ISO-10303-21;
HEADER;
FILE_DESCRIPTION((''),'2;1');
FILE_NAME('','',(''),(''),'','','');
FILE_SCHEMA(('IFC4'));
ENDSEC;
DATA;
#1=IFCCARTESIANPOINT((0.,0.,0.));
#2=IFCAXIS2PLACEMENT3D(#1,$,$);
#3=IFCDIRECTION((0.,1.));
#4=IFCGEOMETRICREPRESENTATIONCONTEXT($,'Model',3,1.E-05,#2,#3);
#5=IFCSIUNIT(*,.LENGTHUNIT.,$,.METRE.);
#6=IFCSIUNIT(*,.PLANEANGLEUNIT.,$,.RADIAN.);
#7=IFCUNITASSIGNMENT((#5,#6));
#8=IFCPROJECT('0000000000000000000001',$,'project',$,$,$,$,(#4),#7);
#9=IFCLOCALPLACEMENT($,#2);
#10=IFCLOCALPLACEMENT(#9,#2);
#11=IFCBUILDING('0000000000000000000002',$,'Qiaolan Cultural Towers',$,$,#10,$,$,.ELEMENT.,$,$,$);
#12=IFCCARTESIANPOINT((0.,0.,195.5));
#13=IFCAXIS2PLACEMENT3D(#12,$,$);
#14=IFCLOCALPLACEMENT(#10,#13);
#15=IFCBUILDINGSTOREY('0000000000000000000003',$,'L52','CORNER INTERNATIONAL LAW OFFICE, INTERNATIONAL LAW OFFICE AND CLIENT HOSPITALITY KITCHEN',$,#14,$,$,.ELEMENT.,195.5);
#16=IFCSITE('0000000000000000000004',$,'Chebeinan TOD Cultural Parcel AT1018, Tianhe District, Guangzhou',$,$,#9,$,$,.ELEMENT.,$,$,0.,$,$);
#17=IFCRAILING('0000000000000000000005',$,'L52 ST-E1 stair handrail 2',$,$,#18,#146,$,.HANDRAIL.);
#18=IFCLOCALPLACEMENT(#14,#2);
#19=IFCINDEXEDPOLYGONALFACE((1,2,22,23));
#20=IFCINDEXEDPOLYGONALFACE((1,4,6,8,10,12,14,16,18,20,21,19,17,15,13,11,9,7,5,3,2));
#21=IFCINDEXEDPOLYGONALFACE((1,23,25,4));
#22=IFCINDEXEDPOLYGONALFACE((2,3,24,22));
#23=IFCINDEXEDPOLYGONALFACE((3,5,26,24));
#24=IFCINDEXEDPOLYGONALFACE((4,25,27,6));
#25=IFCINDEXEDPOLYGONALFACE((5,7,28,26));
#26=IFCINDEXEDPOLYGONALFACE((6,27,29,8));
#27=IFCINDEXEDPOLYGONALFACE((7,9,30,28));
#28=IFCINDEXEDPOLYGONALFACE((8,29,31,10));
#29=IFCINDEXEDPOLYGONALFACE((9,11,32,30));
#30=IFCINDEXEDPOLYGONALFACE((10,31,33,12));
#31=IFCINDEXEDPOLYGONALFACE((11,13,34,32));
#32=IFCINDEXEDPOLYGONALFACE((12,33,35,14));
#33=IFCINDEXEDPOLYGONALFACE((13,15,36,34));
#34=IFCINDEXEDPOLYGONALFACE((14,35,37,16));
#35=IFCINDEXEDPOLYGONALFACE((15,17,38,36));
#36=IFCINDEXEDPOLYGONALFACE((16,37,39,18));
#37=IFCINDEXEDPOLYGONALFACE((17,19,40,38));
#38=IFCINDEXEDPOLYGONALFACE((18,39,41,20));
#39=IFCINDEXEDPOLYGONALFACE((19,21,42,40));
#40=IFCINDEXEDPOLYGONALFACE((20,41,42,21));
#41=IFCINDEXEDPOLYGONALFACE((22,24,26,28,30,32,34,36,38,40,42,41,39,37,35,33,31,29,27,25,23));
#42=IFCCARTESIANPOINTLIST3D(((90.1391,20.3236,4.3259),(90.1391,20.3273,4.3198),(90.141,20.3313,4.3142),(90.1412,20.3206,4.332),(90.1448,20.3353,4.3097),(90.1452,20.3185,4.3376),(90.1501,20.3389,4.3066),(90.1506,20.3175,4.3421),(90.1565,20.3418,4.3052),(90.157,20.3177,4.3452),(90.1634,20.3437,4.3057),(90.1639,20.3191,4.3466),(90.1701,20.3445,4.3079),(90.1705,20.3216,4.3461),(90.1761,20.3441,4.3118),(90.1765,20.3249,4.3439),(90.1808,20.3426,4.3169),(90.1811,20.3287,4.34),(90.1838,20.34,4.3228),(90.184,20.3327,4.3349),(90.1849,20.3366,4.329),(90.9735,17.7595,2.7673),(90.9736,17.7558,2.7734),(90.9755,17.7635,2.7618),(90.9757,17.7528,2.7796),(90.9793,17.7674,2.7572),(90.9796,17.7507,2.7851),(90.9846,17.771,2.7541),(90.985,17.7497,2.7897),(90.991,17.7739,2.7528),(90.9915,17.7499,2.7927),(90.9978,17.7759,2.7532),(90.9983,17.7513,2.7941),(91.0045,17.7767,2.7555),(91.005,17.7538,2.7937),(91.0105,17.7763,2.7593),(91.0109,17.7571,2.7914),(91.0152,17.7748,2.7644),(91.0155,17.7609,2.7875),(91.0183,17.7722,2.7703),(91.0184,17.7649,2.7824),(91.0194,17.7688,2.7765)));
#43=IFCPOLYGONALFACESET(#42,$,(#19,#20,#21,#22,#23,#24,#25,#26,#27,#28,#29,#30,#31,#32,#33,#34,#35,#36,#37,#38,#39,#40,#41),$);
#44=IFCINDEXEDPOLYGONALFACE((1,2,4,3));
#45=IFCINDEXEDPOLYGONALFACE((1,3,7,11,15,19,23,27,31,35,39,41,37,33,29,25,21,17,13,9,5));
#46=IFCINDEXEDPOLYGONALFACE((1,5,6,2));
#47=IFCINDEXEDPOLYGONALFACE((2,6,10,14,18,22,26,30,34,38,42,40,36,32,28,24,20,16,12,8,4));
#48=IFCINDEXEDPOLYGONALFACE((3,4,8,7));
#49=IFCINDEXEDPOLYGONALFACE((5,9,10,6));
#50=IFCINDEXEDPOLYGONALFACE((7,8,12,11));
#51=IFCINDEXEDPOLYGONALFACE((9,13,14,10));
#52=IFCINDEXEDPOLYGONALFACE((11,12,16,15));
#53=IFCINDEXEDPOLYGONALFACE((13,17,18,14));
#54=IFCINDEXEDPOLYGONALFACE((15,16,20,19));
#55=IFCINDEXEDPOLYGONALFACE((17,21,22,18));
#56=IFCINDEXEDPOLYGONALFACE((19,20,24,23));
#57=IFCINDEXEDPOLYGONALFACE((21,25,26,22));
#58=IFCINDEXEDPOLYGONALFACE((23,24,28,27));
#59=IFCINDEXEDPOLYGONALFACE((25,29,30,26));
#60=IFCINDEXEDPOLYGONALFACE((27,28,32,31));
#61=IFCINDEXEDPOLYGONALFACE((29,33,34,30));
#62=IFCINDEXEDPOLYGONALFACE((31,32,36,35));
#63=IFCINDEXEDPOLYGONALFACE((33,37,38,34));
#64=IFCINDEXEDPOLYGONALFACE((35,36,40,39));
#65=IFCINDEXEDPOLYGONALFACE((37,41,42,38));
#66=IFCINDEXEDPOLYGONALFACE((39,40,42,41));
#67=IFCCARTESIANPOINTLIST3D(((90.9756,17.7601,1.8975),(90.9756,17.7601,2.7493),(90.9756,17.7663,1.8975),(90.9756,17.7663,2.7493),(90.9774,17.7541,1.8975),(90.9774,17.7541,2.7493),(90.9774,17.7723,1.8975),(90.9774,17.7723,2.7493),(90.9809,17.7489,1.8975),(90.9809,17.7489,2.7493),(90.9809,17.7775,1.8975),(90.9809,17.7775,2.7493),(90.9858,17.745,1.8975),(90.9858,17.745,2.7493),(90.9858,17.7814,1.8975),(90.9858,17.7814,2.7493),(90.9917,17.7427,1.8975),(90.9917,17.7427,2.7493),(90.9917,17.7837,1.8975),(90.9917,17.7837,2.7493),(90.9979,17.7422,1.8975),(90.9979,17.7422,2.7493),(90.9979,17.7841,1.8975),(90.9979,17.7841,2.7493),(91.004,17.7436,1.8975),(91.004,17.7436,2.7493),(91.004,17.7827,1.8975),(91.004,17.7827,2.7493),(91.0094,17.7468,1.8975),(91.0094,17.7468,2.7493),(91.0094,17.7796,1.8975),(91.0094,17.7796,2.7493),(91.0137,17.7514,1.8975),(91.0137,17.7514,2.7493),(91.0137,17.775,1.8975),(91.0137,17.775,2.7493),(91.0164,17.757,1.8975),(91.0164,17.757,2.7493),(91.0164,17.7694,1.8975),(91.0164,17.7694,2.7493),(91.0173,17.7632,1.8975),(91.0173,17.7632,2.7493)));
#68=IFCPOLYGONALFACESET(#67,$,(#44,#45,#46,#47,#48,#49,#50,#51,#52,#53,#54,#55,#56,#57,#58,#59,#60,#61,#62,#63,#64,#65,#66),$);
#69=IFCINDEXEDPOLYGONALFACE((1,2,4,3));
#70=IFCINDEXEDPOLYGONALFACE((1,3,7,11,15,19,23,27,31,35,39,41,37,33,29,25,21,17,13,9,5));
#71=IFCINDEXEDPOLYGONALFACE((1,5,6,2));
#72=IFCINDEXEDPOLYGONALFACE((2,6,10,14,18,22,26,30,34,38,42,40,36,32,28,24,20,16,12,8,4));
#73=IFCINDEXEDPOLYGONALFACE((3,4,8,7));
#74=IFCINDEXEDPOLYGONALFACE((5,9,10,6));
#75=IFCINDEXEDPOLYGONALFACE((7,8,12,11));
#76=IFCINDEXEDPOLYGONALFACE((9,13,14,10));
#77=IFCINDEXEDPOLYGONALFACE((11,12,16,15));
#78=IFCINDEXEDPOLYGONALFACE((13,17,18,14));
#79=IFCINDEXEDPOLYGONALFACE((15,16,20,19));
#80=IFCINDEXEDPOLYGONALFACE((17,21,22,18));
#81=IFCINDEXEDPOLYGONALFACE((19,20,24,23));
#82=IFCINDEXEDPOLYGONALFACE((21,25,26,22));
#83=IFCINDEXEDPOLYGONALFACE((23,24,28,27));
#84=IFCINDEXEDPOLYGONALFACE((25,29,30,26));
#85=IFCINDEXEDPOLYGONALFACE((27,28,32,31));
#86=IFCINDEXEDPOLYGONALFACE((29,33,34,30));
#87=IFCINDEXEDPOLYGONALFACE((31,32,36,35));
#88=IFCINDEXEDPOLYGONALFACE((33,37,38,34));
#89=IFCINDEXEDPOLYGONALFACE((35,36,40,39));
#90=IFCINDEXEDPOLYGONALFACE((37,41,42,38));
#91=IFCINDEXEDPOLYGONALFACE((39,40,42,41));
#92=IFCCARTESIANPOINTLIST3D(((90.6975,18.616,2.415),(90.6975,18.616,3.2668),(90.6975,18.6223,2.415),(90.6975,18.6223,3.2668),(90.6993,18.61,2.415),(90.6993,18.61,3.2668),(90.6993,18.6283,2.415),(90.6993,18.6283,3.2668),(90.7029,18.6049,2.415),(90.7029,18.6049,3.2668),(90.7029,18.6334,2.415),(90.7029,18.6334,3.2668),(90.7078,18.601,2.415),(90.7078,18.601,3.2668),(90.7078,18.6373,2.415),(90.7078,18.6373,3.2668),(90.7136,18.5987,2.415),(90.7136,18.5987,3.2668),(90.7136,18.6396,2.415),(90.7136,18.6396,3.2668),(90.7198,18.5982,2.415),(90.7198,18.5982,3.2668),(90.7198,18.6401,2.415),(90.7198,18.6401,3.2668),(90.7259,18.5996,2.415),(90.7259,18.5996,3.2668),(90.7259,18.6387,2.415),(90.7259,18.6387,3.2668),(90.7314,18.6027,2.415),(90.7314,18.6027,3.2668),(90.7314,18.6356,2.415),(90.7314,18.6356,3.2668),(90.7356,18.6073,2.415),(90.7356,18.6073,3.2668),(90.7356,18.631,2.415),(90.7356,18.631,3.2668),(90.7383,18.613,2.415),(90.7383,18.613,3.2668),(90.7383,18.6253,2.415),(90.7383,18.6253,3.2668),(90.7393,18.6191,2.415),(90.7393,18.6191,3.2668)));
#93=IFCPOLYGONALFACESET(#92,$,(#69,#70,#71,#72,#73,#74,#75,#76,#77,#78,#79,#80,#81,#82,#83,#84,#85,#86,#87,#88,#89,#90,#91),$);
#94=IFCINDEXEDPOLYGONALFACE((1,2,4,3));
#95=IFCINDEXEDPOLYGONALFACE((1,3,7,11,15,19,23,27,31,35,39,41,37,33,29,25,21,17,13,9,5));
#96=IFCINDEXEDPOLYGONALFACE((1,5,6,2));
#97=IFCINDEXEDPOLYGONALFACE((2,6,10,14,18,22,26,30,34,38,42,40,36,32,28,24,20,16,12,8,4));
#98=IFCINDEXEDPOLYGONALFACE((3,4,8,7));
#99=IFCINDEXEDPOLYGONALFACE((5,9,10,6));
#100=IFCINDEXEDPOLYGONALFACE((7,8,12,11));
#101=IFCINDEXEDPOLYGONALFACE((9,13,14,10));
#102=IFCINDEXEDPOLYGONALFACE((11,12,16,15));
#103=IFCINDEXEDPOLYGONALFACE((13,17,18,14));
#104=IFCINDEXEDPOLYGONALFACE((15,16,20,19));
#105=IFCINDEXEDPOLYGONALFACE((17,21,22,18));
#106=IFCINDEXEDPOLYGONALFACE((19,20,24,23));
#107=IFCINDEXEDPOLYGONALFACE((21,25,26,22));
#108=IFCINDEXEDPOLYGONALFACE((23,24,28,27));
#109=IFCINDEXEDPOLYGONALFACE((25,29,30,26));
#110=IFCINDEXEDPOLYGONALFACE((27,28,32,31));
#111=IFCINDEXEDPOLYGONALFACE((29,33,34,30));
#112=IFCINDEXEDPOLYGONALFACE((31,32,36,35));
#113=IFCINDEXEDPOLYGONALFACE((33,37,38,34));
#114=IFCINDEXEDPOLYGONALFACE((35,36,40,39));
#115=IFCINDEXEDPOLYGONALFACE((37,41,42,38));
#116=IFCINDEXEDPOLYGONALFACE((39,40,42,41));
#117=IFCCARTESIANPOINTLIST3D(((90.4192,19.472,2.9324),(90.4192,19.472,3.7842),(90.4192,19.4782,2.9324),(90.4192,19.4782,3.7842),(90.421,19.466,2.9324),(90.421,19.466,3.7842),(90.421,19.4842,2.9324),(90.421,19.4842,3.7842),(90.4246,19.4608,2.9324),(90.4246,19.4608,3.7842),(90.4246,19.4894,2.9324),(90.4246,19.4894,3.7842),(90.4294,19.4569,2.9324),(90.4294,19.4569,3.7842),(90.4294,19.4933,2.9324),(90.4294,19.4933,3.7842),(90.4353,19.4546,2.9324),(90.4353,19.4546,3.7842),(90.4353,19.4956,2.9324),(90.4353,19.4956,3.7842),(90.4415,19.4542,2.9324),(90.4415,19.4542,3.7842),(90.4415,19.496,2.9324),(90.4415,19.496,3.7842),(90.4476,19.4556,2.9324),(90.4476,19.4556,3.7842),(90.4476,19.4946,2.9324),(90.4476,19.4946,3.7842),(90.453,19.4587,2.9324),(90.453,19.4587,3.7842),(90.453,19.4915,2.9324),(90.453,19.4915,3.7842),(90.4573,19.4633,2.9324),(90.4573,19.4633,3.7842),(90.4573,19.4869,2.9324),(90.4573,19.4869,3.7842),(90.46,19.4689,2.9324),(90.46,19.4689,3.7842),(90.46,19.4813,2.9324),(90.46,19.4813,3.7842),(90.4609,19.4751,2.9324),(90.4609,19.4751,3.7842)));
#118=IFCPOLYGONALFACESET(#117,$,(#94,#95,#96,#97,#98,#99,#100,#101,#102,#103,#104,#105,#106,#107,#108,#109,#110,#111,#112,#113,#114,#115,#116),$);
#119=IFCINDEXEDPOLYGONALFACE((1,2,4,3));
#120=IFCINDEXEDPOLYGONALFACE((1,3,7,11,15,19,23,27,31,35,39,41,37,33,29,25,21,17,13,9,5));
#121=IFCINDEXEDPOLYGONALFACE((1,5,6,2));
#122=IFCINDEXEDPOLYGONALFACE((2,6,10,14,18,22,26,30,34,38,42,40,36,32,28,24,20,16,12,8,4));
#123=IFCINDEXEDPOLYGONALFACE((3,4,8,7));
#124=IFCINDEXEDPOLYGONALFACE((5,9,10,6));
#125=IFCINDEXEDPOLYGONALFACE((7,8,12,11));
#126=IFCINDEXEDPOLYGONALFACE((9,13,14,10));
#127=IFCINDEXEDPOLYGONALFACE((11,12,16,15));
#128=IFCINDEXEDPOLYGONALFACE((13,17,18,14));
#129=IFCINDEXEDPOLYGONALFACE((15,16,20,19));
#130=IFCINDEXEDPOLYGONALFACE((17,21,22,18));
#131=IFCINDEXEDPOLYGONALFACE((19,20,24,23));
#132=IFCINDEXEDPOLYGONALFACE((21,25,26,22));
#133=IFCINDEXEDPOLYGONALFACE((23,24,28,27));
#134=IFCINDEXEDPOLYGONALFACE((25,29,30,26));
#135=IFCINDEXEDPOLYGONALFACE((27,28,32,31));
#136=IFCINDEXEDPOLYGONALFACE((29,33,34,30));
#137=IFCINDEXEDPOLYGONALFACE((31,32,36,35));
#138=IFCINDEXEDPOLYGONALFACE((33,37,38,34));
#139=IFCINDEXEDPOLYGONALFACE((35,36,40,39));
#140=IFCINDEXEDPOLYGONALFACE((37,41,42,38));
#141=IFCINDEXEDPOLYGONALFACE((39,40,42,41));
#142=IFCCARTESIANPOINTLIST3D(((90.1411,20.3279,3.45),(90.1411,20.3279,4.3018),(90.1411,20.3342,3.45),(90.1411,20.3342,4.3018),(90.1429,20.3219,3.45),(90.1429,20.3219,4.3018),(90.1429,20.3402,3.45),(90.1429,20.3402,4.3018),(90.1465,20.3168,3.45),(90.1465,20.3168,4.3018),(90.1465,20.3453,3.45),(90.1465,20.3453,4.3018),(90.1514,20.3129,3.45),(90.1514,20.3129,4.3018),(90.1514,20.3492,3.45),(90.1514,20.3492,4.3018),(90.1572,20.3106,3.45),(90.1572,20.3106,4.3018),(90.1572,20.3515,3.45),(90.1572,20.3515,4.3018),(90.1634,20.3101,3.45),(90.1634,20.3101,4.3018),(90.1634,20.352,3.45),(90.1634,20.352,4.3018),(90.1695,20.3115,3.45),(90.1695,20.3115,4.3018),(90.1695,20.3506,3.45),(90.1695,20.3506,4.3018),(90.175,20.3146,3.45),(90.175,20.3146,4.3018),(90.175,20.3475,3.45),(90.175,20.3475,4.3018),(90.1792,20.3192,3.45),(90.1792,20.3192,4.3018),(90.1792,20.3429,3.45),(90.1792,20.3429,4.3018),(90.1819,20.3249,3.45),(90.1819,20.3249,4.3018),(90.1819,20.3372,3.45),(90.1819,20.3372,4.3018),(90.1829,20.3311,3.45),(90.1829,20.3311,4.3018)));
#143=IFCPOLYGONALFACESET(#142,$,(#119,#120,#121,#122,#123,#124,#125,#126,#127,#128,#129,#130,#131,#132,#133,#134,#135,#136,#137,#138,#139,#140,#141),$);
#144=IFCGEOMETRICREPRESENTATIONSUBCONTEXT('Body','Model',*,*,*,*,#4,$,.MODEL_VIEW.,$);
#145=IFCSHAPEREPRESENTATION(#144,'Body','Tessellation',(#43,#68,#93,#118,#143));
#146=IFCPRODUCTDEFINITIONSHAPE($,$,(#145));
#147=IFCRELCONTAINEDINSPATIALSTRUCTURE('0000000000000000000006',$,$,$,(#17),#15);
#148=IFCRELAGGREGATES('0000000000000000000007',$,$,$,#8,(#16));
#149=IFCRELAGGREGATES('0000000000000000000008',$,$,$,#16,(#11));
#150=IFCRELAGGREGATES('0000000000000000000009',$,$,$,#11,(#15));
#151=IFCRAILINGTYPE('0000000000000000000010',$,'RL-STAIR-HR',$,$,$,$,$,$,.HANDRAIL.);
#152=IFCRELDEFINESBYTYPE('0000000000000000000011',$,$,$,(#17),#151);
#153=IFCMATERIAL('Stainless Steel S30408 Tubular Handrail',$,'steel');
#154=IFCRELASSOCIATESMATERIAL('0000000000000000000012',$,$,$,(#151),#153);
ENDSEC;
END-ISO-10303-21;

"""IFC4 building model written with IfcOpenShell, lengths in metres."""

from ifc_helpers import new_model, si_unit, direction, frame, origin, origin_2d, place, context, subcontext, project, spatial, circle, extrude, material, type_object, element, save


model = new_model("IFC4")

# Units and contexts
model_context = context("Model", 3, precision=1e-05, world=origin(), true_north=direction((0.0, 1.0)))
body_context = subcontext(model_context, "Body", "Model", "MODEL_VIEW")
ifc_project = project(units=[si_unit("LENGTHUNIT", "METRE"), si_unit("PLANEANGLEUNIT", "RADIAN")], contexts=[model_context])

# Site, building, storey
site_placement = place(None, origin())
site = spatial("IfcSite", under=ifc_project, at=site_placement, Name="Chebeinan TOD Cultural Parcel AT1018, Tianhe District, Guangzhou", CompositionType="ELEMENT", RefElevation=0.0)
building_placement = place(site_placement, origin())
building = spatial("IfcBuilding", under=site, at=building_placement, Name="Qiaolan Cultural Towers", CompositionType="ELEMENT")
storey_placement = place(building_placement, frame((0.0, 0.0, 195.5)))
storey = spatial("IfcBuildingStorey", under=building, at=storey_placement, Name="L52", Description="CORNER INTERNATIONAL LAW OFFICE, INTERNATIONAL LAW OFFICE AND CLIENT HOSPITALITY KITCHEN", CompositionType="ELEMENT", Elevation=195.5)

# Railing
ifc_material_1 = material(Name="Stainless Steel S30408 Tubular Handrail", Category="steel")
railing_type_1 = type_object("IfcRailingType", Name="RL-STAIR-HR", PredefinedType="HANDRAIL", material=ifc_material_1)
railing_1_placement = place(storey_placement, frame((90.9963, 17.7632, 1.8975)))
element("IfcRailing", 1, at=railing_1_placement, inside=storey, type_object=railing_type_1, Name="L52 ST-E1 stair handrail 2", PredefinedType="HANDRAIL", context=body_context, shape_type="SweptSolid", body=[
    extrude(circle(Radius=0.0239, at=origin_2d()), frame((0.0, 0.0, 0.876), z_axis=(-0.267926, 0.824471, 0.498461), x_axis=(-0.951043, -0.309057, 0.0)), (0.0, 0.0, 1.0), 3.1145),
    extrude(circle(Radius=0.021, at=origin_2d()), origin(), (0.0, 0.0, 1.0), 0.8518),
    extrude(circle(Radius=0.021, at=origin_2d()), frame((-0.2781, 0.856, 0.5176)), (0.0, 0.0, 1.0), 0.8518),
    extrude(circle(Radius=0.021, at=origin_2d()), frame((-0.5564, 1.7119, 1.0349)), (0.0, 0.0, 1.0), 0.8518),
    extrude(circle(Radius=0.021, at=origin_2d()), frame((-0.8345, 2.5679, 1.5525)), (0.0, 0.0, 1.0), 0.8518),
])

save(model, "model.ifc")
